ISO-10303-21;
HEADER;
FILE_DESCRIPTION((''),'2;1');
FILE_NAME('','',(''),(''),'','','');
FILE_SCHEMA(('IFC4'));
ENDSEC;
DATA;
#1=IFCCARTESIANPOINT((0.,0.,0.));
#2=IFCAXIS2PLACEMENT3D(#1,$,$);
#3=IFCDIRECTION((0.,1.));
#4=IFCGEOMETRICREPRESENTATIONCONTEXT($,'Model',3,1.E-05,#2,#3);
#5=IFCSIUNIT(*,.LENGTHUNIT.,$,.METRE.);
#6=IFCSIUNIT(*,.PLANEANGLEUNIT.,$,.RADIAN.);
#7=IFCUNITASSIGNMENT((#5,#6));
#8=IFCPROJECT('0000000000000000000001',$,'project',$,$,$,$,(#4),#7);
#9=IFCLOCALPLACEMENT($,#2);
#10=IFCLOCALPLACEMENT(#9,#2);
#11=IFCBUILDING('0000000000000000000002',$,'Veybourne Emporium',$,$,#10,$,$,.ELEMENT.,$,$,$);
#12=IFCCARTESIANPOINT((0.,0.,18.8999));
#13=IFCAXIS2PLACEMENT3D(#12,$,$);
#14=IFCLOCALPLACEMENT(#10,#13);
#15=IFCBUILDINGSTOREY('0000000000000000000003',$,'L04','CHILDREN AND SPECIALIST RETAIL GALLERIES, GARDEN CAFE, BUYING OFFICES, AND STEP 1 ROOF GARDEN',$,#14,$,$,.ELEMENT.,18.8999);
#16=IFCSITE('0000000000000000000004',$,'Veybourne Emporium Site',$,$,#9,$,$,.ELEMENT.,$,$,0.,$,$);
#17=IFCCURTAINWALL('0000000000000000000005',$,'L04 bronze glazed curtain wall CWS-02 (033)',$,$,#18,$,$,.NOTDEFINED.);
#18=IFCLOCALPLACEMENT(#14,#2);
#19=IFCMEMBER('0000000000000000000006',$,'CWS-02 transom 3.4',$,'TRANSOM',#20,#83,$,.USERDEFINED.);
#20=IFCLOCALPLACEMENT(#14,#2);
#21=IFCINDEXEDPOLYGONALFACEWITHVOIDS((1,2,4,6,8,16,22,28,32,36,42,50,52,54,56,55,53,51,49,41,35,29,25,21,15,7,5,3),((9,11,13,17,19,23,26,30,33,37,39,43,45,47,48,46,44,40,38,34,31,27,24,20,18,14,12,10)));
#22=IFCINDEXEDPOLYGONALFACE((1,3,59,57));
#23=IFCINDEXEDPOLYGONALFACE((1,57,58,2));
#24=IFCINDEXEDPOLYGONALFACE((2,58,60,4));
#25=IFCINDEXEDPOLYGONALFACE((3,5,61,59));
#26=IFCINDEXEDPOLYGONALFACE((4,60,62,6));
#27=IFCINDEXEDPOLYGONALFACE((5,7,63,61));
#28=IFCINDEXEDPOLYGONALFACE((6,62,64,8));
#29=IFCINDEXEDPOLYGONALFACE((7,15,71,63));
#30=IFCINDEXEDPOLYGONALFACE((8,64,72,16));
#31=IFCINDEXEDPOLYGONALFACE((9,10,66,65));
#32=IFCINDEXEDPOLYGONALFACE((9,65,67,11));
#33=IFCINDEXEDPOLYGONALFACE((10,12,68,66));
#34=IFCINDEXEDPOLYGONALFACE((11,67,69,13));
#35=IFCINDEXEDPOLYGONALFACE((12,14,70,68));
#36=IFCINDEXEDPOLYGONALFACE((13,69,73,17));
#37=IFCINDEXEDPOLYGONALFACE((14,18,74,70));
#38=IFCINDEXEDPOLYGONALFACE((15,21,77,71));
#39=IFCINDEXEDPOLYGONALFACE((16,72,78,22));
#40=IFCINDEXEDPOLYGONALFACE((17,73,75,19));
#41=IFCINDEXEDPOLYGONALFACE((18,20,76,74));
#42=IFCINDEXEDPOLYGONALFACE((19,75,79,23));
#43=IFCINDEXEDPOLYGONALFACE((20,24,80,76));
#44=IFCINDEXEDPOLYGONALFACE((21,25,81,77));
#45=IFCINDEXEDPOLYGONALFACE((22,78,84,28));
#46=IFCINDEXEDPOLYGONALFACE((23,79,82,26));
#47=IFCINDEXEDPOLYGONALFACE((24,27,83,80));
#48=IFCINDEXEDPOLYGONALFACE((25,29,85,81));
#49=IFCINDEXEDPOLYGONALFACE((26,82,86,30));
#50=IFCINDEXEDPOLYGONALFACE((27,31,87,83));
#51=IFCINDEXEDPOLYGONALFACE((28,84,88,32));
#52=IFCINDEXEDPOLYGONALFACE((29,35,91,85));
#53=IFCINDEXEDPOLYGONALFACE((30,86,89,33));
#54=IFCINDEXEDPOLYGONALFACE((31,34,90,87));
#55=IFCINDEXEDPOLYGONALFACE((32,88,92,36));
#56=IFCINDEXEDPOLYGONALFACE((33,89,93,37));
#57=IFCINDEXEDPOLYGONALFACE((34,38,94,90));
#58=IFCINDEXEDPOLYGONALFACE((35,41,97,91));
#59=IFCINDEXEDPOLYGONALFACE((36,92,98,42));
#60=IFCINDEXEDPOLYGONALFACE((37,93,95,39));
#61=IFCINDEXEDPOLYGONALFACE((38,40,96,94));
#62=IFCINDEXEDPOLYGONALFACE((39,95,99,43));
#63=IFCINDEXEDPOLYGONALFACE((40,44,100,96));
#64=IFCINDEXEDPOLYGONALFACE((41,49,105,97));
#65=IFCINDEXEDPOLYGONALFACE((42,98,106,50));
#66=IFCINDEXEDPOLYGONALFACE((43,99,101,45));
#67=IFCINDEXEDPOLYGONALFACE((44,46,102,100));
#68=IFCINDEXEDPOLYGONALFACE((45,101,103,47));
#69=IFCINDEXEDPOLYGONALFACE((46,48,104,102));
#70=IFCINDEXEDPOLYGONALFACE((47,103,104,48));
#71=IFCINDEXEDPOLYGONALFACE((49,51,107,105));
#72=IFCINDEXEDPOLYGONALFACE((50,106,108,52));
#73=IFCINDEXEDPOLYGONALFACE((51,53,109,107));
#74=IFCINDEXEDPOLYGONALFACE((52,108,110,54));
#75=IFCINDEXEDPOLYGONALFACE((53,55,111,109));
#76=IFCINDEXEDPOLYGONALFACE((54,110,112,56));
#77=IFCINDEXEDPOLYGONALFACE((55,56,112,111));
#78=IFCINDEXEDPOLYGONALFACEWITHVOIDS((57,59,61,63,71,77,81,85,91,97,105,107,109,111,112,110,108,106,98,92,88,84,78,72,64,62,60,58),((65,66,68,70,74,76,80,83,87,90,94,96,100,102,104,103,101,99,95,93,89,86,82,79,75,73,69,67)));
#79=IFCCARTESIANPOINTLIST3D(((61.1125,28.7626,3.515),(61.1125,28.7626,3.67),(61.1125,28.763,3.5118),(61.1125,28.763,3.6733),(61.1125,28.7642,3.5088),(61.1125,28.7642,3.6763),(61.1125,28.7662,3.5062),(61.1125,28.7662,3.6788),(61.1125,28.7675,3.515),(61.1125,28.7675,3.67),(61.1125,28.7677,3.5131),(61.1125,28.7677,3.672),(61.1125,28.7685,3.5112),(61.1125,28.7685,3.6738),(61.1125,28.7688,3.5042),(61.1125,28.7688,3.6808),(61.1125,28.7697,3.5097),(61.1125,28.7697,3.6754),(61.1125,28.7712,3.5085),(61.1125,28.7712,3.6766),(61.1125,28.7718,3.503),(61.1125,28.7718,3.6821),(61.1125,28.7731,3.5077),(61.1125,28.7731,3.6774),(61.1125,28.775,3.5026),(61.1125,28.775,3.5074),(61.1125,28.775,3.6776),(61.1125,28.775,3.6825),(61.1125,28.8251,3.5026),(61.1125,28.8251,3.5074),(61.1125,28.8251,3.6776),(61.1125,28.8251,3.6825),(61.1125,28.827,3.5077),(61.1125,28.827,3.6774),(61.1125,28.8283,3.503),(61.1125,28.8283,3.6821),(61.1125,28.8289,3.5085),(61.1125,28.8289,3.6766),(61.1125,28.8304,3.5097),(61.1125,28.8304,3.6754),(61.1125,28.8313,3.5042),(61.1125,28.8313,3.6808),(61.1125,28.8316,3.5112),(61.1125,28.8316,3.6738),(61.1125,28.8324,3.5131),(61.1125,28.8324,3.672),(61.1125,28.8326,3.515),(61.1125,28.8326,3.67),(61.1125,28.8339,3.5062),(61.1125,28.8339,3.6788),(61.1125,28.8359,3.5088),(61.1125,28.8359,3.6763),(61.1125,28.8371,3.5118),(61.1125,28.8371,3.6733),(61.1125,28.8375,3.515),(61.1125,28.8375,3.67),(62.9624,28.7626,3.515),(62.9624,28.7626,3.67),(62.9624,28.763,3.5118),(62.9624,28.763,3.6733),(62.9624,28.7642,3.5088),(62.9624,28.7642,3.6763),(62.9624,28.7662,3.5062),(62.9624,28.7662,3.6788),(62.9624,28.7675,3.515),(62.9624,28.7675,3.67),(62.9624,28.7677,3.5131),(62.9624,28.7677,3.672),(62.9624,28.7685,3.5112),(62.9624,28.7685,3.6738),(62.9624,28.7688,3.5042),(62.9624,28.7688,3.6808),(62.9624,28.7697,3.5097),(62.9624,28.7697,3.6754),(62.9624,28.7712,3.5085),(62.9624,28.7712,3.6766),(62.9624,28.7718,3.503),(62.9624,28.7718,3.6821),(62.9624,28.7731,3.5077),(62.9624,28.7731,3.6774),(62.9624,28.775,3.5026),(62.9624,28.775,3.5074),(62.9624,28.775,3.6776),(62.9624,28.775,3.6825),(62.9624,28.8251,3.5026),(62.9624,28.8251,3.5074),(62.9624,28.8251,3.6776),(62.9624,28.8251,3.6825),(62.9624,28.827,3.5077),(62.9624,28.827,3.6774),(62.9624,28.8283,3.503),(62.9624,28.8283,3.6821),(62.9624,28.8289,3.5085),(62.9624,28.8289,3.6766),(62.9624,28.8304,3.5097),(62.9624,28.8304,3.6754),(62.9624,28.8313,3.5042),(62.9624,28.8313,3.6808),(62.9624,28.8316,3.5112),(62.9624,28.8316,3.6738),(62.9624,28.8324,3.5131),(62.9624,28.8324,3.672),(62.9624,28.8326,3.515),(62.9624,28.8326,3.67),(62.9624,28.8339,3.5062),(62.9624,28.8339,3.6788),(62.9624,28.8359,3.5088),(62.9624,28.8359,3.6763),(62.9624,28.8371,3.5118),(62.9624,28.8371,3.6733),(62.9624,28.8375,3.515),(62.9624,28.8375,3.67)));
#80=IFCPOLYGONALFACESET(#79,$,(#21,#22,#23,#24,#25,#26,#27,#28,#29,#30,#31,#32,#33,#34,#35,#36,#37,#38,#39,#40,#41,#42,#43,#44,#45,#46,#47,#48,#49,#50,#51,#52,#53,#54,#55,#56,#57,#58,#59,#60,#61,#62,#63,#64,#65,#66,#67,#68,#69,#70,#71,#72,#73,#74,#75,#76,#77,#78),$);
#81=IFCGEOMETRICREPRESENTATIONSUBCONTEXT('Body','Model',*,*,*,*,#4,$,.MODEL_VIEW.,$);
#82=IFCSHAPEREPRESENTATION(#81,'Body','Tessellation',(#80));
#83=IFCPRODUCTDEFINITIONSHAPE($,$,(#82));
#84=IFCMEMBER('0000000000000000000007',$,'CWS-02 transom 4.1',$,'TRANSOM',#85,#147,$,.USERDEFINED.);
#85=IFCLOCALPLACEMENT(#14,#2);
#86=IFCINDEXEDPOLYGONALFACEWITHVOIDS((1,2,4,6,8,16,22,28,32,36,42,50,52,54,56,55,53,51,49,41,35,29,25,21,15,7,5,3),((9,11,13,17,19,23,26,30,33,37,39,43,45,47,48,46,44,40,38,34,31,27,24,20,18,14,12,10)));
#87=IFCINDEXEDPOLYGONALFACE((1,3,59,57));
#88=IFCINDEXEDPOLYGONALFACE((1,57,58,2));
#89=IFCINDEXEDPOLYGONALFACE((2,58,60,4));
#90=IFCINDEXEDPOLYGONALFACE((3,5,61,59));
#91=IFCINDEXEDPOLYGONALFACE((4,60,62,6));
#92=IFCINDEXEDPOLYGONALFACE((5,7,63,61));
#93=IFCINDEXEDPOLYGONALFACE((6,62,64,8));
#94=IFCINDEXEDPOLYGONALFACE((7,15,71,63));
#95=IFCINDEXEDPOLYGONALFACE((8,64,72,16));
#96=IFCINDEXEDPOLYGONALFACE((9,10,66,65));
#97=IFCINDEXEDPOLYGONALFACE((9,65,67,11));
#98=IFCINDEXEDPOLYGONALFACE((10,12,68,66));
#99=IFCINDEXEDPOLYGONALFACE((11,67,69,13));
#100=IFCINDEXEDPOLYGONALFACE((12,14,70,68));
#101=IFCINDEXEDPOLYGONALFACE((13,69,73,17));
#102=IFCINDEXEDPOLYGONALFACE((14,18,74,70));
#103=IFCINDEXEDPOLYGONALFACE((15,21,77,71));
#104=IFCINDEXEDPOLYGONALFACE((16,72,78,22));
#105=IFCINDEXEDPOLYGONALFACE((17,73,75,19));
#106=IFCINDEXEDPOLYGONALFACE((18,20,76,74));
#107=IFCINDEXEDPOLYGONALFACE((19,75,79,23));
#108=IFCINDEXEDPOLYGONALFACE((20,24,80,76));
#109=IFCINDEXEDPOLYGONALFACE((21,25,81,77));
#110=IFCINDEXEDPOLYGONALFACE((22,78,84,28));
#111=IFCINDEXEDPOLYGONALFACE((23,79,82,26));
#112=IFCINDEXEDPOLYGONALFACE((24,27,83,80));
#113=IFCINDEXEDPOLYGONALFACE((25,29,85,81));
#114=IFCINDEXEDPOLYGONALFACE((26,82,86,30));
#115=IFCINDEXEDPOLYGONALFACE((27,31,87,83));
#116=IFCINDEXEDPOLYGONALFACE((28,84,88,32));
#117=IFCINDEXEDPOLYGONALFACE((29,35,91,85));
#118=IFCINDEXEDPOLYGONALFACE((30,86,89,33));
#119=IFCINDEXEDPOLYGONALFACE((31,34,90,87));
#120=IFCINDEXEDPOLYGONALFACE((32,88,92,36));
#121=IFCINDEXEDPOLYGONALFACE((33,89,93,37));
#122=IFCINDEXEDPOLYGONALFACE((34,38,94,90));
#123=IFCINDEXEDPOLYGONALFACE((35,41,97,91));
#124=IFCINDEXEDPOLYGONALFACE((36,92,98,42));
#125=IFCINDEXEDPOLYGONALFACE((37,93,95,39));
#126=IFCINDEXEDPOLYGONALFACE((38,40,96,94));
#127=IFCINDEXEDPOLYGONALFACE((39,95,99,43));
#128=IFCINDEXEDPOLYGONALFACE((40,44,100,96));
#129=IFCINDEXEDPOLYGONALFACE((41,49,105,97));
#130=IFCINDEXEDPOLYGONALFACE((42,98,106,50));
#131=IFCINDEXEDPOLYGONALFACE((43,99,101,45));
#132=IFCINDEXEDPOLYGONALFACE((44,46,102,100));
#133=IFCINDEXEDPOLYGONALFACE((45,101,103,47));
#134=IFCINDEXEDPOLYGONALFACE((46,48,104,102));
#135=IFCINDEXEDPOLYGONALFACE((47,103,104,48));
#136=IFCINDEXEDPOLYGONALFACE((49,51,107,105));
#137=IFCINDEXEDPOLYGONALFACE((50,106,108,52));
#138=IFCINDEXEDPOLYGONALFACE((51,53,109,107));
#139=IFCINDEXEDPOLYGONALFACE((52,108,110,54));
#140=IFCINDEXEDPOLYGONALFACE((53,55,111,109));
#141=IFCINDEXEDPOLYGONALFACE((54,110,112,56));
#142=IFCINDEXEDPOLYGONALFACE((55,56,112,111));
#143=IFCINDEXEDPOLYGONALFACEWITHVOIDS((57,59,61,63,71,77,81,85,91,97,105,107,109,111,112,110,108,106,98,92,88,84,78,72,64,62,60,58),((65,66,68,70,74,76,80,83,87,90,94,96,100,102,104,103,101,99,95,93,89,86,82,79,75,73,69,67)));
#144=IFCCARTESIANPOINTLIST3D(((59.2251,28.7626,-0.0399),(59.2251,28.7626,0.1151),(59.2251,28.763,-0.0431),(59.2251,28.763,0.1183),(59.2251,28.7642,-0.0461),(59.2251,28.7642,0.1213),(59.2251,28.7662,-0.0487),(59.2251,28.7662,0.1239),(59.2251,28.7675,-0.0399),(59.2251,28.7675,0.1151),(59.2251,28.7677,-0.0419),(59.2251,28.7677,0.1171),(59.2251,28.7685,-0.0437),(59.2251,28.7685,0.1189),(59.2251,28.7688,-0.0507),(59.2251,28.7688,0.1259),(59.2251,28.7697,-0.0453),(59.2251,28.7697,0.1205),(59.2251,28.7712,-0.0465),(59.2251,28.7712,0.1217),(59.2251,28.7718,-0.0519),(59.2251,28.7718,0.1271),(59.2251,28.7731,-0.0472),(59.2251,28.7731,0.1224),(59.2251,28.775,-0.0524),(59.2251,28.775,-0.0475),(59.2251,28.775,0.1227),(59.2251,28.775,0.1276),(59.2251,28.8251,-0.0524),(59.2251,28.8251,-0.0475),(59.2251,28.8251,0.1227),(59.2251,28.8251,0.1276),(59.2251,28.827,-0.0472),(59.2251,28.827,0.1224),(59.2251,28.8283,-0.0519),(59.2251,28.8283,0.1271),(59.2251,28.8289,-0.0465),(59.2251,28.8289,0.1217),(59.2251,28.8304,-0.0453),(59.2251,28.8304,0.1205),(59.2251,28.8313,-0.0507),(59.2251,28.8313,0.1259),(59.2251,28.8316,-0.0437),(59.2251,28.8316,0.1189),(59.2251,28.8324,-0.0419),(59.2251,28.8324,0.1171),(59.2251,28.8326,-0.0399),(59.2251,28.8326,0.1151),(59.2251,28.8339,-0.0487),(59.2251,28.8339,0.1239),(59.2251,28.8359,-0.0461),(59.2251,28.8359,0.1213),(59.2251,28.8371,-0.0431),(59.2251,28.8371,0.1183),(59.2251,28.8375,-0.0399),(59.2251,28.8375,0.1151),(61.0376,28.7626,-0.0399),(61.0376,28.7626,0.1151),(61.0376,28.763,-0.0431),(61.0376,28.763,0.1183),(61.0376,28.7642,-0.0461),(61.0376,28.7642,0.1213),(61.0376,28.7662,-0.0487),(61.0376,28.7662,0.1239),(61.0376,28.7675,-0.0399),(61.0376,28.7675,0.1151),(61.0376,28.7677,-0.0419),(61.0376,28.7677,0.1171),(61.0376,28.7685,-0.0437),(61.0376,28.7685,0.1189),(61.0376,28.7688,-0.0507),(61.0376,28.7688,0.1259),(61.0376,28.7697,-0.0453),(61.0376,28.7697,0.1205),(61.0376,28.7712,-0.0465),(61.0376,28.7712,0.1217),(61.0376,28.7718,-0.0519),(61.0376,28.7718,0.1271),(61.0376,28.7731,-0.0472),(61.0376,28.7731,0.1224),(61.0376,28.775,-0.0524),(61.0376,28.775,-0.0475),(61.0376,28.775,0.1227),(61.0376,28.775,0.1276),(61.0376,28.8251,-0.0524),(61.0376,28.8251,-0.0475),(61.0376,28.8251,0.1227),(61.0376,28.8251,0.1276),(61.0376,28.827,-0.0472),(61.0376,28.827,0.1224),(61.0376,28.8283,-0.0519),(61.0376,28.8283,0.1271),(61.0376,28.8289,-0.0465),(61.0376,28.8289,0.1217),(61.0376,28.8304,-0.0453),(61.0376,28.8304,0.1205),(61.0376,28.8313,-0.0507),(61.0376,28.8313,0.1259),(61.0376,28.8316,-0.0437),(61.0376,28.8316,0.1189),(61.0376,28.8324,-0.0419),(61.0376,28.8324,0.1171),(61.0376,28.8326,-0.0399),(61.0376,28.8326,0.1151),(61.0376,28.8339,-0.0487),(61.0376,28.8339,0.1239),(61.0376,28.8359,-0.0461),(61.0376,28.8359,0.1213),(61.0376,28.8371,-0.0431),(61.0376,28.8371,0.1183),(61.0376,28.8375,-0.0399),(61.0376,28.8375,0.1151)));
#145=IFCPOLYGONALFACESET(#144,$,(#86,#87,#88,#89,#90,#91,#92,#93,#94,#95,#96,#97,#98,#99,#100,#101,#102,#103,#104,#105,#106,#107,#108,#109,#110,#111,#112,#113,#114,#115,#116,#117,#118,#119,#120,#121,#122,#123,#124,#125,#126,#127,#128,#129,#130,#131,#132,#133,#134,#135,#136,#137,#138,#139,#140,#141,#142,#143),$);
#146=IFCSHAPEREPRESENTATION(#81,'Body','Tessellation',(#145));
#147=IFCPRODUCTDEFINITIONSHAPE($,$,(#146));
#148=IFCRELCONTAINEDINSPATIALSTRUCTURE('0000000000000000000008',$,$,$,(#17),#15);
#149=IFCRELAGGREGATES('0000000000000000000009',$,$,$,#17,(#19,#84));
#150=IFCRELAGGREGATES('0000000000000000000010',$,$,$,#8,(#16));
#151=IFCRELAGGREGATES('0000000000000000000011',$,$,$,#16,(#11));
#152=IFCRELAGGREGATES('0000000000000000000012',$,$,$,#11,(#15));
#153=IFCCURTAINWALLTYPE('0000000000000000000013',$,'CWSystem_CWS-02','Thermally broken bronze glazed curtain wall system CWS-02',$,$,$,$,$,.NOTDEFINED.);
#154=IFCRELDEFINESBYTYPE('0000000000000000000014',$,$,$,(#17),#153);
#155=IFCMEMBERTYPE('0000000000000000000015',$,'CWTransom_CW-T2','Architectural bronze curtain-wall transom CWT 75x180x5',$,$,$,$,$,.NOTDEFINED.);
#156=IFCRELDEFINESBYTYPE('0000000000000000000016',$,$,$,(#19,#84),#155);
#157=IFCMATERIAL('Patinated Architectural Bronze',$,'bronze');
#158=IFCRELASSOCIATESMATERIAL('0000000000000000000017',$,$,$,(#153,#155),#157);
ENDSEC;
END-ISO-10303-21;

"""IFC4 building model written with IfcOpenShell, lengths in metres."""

from ifc_helpers import new_model, si_unit, direction, frame, origin, origin_2d, place, context, subcontext, project, spatial, hollow_rectangle, extrude, material, material_profile, profile_set, type_object, element, aggregate, save


model = new_model("IFC4")

# Units and contexts
model_context = context("Model", 3, precision=1e-05, world=origin(), true_north=direction((0.0, 1.0)))
body_context = subcontext(model_context, "Body", "Model", "MODEL_VIEW")
ifc_project = project(units=[si_unit("LENGTHUNIT", "METRE"), si_unit("PLANEANGLEUNIT", "RADIAN")], contexts=[model_context])

# Site, building, storey
site_placement = place(None, origin())
site = spatial("IfcSite", under=ifc_project, at=site_placement, Name="Veybourne Emporium Site", CompositionType="ELEMENT", RefElevation=0.0)
building_placement = place(site_placement, origin())
building = spatial("IfcBuilding", under=site, at=building_placement, Name="Veybourne Emporium", CompositionType="ELEMENT")
storey_placement = place(building_placement, frame((0.0, 0.0, 18.8999)))
storey = spatial("IfcBuildingStorey", under=building, at=storey_placement, Name="L04", Description="CHILDREN AND SPECIALIST RETAIL GALLERIES, GARDEN CAFE, BUYING OFFICES, AND STEP 1 ROOF GARDEN", CompositionType="ELEMENT", Elevation=18.8999)

# Curtain wall, members
ifc_material_1 = material(Name="Patinated Architectural Bronze", Category="bronze")
curtain_wall_type = type_object("IfcCurtainWallType", Name="CWSystem_CWS-02", Description="Thermally broken bronze glazed curtain wall system CWS-02", PredefinedType="NOTDEFINED", material=ifc_material_1)
curtain_wall_placement = place(storey_placement, origin())
curtain_wall = element("IfcCurtainWall", 1, at=curtain_wall_placement, inside=storey, type_object=curtain_wall_type, Name="L04 bronze glazed curtain wall CWS-02 (033)", PredefinedType="NOTDEFINED")
ifc_material_profile_1 = material_profile(ifc_material_1, hollow_rectangle(XDim=0.075, YDim=0.1799, WallThickness=0.0049, InnerFilletRadius=0.0076, OuterFilletRadius=0.0125, at=origin_2d()), Name="CWT 75x180x5")
ifc_profile_set_1 = profile_set([ifc_material_profile_1], Name="Patinated Architectural Bronze")
member_type_1 = type_object("IfcMemberType", Name="CWTransom_CW-T2", Description="Architectural bronze curtain-wall transom CWT 75x180x5", PredefinedType="NOTDEFINED", material=ifc_profile_set_1)
member_1_placement = place(storey_placement, frame((62.9624, 28.8, 3.5925), z_axis=(-1.0, 0.0, 0.0), x_axis=(0.0, -1.0, 0.0)))
member_1 = element("IfcMember", 2, at=member_1_placement, type_object=member_type_1, Name="CWS-02 transom 3.4", ObjectType="TRANSOM", PredefinedType="USERDEFINED", context=body_context, shape_type="SweptSolid", body=[
    extrude(hollow_rectangle(XDim=0.075, YDim=0.1799, WallThickness=0.0049, InnerFilletRadius=0.0076, OuterFilletRadius=0.0125, at=origin_2d()), origin(), (0.0, 0.0, 1.0), 1.8499),
])
member_2_placement = place(storey_placement, frame((61.0376, 28.8, 0.0376), z_axis=(-1.0, 0.0, 0.0), x_axis=(0.0, -1.0, 0.0)))
member_2 = element("IfcMember", 3, at=member_2_placement, type_object=member_type_1, Name="CWS-02 transom 4.1", ObjectType="TRANSOM", PredefinedType="USERDEFINED", context=body_context, shape_type="SweptSolid", body=[
    extrude(hollow_rectangle(XDim=0.075, YDim=0.1799, WallThickness=0.0049, InnerFilletRadius=0.0076, OuterFilletRadius=0.0125, at=origin_2d()), origin(), (0.0, 0.0, 1.0), 1.8125),
])

aggregate(curtain_wall, [member_1, member_2])

save(model, "model.ifc")
